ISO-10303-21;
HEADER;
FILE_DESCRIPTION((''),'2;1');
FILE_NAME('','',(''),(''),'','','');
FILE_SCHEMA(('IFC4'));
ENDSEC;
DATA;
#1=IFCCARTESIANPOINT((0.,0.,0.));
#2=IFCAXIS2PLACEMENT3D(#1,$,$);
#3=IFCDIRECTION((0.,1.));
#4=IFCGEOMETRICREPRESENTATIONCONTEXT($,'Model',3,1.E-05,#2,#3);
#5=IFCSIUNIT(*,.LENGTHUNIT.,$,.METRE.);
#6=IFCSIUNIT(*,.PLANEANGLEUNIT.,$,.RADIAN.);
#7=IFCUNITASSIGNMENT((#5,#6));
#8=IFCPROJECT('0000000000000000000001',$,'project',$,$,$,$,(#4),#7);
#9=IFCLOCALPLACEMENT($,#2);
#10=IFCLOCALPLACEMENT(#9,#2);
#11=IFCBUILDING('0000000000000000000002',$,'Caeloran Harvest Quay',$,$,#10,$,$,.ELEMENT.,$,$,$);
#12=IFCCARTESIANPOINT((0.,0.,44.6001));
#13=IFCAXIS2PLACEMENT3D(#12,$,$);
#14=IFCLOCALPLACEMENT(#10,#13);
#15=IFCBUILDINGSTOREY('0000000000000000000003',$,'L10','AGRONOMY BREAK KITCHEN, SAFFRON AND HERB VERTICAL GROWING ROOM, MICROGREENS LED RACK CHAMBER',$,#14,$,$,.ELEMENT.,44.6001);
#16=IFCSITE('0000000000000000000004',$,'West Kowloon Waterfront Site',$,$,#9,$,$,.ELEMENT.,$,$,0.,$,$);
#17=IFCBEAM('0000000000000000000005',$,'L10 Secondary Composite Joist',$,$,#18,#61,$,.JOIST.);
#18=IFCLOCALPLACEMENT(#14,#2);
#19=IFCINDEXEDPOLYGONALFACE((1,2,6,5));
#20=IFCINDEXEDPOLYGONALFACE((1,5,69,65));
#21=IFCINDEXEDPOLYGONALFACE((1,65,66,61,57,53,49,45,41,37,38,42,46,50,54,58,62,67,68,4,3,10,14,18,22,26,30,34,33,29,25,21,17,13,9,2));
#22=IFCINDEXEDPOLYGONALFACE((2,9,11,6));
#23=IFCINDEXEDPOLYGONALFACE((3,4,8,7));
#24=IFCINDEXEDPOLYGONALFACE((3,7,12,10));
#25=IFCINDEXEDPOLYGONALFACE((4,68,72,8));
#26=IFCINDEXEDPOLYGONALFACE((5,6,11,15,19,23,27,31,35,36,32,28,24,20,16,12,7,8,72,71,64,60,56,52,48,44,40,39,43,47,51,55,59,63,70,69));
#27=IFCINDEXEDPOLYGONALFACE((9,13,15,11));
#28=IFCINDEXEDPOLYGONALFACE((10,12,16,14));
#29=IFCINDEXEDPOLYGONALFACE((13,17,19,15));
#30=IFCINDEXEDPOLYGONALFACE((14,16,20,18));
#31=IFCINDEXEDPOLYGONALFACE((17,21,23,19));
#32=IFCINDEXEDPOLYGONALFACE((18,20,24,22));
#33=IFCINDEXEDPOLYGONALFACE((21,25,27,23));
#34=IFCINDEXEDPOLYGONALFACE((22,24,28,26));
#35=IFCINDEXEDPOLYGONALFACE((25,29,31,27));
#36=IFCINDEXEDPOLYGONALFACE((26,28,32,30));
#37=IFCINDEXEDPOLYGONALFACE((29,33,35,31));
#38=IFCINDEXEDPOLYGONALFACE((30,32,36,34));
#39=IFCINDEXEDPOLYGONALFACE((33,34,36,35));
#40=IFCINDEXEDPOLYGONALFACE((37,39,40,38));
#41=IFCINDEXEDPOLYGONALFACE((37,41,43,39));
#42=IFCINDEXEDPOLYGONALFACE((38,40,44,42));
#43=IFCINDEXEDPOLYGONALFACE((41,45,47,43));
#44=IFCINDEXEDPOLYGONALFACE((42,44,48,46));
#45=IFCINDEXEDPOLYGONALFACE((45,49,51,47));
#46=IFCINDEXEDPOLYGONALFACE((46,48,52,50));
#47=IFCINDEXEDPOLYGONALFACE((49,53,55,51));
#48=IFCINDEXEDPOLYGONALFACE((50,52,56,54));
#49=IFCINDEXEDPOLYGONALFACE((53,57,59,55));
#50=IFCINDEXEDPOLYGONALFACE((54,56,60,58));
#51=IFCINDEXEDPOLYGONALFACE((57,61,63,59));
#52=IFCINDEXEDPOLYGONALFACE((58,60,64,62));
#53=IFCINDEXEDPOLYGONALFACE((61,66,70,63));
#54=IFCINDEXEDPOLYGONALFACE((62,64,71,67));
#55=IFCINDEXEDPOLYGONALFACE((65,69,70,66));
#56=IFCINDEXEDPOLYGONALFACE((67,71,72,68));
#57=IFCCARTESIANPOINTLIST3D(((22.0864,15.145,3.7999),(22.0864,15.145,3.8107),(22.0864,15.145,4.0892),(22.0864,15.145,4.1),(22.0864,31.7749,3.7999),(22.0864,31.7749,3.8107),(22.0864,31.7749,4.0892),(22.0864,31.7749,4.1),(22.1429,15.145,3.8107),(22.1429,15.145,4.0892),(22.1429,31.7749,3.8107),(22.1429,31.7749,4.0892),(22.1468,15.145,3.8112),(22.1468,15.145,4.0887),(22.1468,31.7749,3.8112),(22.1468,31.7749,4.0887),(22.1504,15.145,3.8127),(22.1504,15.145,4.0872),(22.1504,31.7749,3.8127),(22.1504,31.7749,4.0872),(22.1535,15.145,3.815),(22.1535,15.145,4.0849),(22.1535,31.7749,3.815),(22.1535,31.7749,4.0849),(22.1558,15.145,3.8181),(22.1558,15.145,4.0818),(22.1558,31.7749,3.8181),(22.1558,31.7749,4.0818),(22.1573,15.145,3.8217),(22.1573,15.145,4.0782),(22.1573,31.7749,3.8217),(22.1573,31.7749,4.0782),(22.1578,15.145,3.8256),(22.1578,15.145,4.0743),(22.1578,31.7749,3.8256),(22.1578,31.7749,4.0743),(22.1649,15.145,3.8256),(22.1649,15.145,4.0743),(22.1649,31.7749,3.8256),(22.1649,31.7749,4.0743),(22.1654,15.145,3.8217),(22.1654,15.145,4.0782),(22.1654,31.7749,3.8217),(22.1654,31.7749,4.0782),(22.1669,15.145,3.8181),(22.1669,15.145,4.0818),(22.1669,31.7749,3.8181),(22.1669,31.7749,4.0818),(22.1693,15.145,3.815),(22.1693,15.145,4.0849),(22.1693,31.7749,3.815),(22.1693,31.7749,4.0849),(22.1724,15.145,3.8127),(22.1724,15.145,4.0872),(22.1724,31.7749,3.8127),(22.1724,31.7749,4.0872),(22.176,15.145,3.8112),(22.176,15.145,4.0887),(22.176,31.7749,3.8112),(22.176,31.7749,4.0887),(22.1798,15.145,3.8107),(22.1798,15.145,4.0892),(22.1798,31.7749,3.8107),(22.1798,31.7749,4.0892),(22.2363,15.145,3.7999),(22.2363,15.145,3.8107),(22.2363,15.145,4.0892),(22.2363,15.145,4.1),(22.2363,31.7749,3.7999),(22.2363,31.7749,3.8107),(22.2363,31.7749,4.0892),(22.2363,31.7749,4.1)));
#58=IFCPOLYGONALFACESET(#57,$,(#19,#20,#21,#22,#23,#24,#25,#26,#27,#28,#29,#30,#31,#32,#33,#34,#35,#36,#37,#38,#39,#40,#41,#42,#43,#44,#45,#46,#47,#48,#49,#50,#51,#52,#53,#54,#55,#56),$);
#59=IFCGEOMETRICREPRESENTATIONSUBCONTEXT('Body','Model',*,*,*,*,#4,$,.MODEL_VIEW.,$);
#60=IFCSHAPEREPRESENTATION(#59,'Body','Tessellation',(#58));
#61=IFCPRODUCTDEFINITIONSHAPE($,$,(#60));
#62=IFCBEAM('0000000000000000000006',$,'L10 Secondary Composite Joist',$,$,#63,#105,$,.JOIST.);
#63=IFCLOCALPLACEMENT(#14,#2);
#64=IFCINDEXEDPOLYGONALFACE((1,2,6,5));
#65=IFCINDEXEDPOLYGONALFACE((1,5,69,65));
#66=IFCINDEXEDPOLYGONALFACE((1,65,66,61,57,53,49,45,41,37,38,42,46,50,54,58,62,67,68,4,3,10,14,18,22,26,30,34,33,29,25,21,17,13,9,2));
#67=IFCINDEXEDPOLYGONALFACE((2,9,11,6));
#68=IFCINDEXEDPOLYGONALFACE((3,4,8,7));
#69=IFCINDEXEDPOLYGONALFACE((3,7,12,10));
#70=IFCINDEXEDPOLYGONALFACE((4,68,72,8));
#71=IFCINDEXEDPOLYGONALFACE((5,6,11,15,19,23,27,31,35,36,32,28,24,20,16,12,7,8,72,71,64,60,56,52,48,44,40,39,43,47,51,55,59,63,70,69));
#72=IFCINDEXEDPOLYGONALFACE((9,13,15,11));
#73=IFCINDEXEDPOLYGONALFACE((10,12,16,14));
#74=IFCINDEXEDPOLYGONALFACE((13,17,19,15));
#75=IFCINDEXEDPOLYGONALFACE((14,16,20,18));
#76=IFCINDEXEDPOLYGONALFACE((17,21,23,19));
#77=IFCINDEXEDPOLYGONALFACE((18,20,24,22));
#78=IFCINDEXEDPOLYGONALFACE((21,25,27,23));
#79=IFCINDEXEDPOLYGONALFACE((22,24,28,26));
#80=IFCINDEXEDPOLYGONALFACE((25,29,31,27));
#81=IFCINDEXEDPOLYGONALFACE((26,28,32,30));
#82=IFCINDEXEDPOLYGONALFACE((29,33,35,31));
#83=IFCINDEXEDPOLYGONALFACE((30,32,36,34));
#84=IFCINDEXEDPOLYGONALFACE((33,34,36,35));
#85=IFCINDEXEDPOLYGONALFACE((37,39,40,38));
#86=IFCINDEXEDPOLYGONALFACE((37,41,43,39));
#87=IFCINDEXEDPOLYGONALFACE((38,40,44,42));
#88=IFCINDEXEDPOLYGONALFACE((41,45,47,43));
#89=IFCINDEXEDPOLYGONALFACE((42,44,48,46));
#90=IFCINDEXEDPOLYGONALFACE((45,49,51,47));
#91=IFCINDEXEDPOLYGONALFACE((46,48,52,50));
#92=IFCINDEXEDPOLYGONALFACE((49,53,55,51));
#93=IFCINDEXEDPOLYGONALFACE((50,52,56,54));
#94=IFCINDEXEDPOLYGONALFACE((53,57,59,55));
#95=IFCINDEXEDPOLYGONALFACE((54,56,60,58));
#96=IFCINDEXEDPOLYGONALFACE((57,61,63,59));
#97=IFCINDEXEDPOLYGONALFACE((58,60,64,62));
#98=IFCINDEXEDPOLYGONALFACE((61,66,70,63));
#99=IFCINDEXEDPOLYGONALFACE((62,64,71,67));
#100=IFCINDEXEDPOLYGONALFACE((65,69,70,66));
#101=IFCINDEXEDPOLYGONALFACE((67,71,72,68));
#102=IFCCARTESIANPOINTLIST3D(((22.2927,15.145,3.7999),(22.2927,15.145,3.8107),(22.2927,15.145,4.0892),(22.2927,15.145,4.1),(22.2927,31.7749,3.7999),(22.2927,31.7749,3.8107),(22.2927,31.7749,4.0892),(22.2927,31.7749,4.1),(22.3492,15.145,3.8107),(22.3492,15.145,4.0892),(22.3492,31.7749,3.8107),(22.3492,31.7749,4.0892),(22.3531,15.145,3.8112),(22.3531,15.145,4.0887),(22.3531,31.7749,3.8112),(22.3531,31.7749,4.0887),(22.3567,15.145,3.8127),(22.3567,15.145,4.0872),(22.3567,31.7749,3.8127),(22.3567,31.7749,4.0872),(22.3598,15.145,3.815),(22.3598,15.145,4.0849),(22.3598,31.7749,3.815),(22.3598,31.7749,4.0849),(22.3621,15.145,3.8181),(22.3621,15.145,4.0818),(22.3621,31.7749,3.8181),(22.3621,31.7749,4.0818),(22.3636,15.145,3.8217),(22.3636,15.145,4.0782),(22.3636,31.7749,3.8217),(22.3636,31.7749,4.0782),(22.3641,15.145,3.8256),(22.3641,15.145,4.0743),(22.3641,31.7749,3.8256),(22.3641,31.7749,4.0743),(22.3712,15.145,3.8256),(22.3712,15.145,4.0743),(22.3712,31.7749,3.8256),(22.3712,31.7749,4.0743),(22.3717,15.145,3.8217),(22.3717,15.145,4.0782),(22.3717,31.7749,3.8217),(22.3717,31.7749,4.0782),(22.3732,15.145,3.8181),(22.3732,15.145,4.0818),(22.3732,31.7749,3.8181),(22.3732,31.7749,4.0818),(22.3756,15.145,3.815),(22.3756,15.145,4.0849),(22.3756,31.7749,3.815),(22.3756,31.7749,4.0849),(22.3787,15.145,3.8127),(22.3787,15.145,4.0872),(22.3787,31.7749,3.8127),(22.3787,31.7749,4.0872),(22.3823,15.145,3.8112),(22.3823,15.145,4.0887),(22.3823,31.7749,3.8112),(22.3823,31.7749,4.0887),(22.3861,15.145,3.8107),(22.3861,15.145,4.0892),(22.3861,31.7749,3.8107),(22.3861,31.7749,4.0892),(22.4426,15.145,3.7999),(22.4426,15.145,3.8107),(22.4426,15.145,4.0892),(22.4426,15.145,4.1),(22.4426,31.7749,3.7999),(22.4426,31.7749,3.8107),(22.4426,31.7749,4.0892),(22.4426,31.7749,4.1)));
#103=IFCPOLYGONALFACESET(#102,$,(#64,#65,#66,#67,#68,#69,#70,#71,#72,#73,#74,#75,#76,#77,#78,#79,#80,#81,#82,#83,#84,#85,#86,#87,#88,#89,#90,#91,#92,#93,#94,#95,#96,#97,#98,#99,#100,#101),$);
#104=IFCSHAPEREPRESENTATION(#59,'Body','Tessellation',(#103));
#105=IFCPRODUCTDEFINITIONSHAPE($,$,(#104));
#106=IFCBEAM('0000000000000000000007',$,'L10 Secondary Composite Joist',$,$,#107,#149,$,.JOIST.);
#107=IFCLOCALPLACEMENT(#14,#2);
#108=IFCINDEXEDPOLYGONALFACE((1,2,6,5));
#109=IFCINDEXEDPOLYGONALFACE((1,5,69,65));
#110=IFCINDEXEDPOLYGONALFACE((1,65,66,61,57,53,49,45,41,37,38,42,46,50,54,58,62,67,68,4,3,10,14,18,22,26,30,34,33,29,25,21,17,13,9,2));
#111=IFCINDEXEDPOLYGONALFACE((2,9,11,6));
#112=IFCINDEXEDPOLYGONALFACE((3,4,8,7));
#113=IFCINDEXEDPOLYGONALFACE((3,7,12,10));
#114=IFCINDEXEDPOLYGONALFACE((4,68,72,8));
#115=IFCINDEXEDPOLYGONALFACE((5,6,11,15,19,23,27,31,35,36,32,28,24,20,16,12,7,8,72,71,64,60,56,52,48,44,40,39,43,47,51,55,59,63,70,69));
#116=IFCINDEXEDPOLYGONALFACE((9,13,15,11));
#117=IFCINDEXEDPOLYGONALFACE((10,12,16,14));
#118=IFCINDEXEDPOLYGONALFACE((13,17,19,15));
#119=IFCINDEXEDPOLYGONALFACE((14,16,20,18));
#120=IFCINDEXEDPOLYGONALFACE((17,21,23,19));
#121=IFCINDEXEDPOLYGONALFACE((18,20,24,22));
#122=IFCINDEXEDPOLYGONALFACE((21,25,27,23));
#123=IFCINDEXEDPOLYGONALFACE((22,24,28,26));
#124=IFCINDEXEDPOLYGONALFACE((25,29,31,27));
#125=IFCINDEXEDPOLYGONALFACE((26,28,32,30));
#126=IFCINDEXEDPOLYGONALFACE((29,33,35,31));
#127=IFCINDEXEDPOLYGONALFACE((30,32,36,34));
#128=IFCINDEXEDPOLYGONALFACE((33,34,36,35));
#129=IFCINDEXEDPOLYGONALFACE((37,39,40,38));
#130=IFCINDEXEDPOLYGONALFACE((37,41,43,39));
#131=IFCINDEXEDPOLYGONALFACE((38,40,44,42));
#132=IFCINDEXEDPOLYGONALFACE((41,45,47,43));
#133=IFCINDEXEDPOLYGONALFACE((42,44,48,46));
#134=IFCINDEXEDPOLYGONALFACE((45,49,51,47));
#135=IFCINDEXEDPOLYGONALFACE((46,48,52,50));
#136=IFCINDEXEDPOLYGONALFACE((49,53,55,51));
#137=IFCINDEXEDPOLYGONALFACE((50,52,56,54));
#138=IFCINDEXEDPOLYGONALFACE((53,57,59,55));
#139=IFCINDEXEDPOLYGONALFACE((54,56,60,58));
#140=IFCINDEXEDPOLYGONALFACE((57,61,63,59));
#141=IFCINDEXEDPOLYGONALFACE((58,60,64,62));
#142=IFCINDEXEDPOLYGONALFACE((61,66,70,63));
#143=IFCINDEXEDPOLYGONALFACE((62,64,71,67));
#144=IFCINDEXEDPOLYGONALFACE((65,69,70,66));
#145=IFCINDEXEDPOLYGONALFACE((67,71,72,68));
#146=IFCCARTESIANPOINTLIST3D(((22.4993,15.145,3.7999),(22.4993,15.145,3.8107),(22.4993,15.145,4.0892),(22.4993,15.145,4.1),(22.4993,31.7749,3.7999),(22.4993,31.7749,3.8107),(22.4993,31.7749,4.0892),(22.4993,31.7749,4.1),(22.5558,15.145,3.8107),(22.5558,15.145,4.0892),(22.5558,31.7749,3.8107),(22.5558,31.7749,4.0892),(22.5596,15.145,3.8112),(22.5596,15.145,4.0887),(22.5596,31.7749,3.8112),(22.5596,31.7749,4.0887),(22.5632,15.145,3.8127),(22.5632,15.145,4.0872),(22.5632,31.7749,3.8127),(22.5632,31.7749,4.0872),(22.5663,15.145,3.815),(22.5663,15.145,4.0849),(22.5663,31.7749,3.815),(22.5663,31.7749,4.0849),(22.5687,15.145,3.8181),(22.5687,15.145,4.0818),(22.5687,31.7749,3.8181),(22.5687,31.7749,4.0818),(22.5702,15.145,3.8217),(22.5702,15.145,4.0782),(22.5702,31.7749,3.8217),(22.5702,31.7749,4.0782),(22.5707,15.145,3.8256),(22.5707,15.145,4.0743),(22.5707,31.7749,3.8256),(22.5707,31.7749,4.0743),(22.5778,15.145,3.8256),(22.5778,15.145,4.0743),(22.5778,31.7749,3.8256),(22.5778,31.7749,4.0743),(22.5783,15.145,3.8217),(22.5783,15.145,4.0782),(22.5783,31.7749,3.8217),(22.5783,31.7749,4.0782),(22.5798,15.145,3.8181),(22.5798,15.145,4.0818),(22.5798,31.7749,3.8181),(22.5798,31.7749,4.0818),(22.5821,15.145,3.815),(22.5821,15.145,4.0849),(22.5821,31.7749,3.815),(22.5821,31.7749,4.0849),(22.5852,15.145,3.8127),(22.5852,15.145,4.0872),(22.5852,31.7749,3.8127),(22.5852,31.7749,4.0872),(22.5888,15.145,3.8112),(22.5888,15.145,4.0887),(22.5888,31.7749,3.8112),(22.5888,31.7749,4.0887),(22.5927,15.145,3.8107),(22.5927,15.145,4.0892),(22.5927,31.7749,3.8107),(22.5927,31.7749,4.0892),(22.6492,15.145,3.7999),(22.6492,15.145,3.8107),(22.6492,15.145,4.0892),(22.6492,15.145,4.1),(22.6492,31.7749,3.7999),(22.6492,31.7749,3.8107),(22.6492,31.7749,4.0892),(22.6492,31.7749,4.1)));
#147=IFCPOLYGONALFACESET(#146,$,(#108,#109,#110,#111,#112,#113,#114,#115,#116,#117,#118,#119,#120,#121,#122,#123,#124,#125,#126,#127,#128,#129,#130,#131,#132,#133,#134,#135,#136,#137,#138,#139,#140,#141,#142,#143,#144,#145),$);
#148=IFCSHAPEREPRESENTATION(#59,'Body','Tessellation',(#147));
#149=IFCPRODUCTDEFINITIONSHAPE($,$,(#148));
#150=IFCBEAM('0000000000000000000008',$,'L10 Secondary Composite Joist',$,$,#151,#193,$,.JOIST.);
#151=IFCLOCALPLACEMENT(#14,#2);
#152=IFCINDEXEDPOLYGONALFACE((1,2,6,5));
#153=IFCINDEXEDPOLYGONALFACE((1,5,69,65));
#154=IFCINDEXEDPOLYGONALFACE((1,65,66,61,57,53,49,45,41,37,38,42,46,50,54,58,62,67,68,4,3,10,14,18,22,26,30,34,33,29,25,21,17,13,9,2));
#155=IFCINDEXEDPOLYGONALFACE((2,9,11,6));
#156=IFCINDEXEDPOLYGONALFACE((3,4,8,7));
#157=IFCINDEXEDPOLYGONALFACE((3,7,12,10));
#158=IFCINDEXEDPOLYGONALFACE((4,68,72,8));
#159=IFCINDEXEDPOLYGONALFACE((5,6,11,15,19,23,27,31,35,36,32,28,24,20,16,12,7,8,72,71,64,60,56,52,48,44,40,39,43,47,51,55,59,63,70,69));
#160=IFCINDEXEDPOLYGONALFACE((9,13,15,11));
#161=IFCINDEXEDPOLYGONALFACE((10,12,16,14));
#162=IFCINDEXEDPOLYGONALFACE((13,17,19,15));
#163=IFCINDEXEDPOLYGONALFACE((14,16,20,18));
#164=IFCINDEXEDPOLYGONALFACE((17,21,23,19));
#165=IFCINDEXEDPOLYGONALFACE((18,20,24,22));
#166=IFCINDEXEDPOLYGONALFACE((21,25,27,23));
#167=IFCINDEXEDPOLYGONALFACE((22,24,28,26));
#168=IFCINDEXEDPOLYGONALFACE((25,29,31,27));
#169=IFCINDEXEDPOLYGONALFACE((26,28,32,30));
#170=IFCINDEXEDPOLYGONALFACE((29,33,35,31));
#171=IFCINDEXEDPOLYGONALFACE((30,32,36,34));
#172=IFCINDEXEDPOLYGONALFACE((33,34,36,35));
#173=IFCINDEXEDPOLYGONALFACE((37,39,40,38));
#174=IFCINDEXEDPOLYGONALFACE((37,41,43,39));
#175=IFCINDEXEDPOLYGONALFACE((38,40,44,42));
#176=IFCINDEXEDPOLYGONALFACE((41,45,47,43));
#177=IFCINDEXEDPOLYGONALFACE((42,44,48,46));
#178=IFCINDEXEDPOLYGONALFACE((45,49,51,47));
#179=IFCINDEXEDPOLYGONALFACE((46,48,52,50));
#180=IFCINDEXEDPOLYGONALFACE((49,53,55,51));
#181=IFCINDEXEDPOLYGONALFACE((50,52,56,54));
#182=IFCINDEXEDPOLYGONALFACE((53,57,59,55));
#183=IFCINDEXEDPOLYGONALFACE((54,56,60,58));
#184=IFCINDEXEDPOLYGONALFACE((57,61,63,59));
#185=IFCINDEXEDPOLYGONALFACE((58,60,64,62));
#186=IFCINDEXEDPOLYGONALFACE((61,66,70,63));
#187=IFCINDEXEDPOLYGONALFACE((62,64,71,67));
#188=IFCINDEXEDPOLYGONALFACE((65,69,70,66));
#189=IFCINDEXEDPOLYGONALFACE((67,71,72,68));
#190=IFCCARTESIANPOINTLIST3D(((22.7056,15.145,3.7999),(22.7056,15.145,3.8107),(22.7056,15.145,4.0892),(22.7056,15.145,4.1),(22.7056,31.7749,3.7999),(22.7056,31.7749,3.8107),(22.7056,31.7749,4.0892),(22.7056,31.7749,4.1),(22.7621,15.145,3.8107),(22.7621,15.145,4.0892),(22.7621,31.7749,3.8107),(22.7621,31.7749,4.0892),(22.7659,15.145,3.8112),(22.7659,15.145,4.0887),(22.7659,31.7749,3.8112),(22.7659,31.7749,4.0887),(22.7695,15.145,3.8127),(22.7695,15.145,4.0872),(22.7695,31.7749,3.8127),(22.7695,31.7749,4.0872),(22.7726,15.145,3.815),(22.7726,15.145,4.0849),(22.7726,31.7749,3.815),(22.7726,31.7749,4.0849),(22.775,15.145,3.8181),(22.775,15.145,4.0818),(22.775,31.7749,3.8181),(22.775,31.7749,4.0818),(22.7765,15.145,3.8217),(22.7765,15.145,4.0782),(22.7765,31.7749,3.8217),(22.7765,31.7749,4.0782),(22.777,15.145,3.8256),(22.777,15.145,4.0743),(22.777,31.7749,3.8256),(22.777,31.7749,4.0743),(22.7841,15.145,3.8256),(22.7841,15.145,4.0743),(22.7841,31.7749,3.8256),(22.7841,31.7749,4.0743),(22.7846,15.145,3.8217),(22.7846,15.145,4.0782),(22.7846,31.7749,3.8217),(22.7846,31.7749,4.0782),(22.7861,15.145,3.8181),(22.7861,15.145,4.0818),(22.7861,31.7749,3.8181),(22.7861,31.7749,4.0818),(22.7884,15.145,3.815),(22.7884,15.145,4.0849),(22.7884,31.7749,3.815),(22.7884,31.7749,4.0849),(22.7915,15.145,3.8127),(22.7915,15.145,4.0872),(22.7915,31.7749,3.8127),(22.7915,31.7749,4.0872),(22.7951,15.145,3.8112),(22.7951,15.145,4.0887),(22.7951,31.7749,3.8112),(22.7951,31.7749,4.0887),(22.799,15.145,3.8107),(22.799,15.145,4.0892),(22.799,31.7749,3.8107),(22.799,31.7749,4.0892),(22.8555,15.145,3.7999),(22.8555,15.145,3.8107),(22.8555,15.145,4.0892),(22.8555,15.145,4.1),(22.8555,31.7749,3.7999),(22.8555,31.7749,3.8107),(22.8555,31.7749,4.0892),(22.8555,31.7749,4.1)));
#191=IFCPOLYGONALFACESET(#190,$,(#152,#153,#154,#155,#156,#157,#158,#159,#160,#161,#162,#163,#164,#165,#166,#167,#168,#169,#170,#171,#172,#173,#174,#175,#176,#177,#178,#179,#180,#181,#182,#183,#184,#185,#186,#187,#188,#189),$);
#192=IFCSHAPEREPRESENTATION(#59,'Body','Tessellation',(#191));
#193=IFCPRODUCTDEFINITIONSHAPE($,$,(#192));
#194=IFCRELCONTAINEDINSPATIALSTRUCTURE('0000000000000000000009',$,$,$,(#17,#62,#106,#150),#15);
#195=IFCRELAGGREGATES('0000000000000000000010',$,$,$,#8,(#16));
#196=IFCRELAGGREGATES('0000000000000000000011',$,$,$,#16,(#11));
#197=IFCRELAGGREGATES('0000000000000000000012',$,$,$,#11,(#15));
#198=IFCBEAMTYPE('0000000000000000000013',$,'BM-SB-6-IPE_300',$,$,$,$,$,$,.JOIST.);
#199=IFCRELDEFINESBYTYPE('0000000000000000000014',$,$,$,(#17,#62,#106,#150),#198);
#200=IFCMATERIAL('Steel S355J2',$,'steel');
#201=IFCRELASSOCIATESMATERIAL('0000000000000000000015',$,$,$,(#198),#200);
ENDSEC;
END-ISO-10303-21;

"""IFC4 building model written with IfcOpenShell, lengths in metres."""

from ifc_helpers import new_model, si_unit, direction, frame, origin, origin_2d, place, context, subcontext, project, spatial, i_section, extrude, material, material_profile, profile_set, type_object, element, save


model = new_model("IFC4")

# Units and contexts
model_context = context("Model", 3, precision=1e-05, world=origin(), true_north=direction((0.0, 1.0)))
body_context = subcontext(model_context, "Body", "Model", "MODEL_VIEW")
ifc_project = project(units=[si_unit("LENGTHUNIT", "METRE"), si_unit("PLANEANGLEUNIT", "RADIAN")], contexts=[model_context])

# Site, building, storey
site_placement = place(None, origin())
site = spatial("IfcSite", under=ifc_project, at=site_placement, Name="West Kowloon Waterfront Site", CompositionType="ELEMENT", RefElevation=0.0)
building_placement = place(site_placement, origin())
building = spatial("IfcBuilding", under=site, at=building_placement, Name="Caeloran Harvest Quay", CompositionType="ELEMENT")
storey_placement = place(building_placement, frame((0.0, 0.0, 44.6001)))
storey = spatial("IfcBuildingStorey", under=building, at=storey_placement, Name="L10", Description="AGRONOMY BREAK KITCHEN, SAFFRON AND HERB VERTICAL GROWING ROOM, MICROGREENS LED RACK CHAMBER", CompositionType="ELEMENT", Elevation=44.6001)

# Beams
ifc_material_1 = material(Name="Steel S355J2", Category="steel")
ifc_material_profile_1 = material_profile(ifc_material_1, i_section(OverallWidth=0.1499, OverallDepth=0.3, WebThickness=0.0071, FlangeThickness=0.0107, FilletRadius=0.0149, at=origin_2d()), Name="IPE 300")
ifc_profile_set_1 = profile_set([ifc_material_profile_1], Name="Steel S355J2")
beam_type_1 = type_object("IfcBeamType", Name="BM-SB-6-IPE_300", PredefinedType="JOIST", material=ifc_profile_set_1)
for number, where, z_axis, x_axis, name in (
    (1, (22.1614, 15.145, 3.95), (0.0, 1.0, 0.0), (-1.0, 0.0, 0.0), "L10 Secondary Composite Joist"),
    (2, (22.3677, 15.145, 3.95), (0.0, 1.0, 0.0), (-1.0, 0.0, 0.0), "L10 Secondary Composite Joist"),
    (3, (22.5742, 15.145, 3.95), (0.0, 1.0, 0.0), (-1.0, 0.0, 0.0), "L10 Secondary Composite Joist"),
    (4, (22.7805, 15.145, 3.95), (0.0, 1.0, 0.0), (-1.0, 0.0, 0.0), "L10 Secondary Composite Joist"),
):
    element("IfcBeam", number, at=place(storey_placement, frame(where, z_axis=z_axis, x_axis=x_axis)), inside=storey, type_object=beam_type_1, Name=name, PredefinedType="JOIST", context=body_context, shape_type="SweptSolid", body=[
        extrude(i_section(OverallWidth=0.1499, OverallDepth=0.3, WebThickness=0.0071, FlangeThickness=0.0107, FilletRadius=0.0149, at=origin_2d()), origin(), (0.0, 0.0, 1.0), 16.6299),
    ])

save(model, "model.ifc")
